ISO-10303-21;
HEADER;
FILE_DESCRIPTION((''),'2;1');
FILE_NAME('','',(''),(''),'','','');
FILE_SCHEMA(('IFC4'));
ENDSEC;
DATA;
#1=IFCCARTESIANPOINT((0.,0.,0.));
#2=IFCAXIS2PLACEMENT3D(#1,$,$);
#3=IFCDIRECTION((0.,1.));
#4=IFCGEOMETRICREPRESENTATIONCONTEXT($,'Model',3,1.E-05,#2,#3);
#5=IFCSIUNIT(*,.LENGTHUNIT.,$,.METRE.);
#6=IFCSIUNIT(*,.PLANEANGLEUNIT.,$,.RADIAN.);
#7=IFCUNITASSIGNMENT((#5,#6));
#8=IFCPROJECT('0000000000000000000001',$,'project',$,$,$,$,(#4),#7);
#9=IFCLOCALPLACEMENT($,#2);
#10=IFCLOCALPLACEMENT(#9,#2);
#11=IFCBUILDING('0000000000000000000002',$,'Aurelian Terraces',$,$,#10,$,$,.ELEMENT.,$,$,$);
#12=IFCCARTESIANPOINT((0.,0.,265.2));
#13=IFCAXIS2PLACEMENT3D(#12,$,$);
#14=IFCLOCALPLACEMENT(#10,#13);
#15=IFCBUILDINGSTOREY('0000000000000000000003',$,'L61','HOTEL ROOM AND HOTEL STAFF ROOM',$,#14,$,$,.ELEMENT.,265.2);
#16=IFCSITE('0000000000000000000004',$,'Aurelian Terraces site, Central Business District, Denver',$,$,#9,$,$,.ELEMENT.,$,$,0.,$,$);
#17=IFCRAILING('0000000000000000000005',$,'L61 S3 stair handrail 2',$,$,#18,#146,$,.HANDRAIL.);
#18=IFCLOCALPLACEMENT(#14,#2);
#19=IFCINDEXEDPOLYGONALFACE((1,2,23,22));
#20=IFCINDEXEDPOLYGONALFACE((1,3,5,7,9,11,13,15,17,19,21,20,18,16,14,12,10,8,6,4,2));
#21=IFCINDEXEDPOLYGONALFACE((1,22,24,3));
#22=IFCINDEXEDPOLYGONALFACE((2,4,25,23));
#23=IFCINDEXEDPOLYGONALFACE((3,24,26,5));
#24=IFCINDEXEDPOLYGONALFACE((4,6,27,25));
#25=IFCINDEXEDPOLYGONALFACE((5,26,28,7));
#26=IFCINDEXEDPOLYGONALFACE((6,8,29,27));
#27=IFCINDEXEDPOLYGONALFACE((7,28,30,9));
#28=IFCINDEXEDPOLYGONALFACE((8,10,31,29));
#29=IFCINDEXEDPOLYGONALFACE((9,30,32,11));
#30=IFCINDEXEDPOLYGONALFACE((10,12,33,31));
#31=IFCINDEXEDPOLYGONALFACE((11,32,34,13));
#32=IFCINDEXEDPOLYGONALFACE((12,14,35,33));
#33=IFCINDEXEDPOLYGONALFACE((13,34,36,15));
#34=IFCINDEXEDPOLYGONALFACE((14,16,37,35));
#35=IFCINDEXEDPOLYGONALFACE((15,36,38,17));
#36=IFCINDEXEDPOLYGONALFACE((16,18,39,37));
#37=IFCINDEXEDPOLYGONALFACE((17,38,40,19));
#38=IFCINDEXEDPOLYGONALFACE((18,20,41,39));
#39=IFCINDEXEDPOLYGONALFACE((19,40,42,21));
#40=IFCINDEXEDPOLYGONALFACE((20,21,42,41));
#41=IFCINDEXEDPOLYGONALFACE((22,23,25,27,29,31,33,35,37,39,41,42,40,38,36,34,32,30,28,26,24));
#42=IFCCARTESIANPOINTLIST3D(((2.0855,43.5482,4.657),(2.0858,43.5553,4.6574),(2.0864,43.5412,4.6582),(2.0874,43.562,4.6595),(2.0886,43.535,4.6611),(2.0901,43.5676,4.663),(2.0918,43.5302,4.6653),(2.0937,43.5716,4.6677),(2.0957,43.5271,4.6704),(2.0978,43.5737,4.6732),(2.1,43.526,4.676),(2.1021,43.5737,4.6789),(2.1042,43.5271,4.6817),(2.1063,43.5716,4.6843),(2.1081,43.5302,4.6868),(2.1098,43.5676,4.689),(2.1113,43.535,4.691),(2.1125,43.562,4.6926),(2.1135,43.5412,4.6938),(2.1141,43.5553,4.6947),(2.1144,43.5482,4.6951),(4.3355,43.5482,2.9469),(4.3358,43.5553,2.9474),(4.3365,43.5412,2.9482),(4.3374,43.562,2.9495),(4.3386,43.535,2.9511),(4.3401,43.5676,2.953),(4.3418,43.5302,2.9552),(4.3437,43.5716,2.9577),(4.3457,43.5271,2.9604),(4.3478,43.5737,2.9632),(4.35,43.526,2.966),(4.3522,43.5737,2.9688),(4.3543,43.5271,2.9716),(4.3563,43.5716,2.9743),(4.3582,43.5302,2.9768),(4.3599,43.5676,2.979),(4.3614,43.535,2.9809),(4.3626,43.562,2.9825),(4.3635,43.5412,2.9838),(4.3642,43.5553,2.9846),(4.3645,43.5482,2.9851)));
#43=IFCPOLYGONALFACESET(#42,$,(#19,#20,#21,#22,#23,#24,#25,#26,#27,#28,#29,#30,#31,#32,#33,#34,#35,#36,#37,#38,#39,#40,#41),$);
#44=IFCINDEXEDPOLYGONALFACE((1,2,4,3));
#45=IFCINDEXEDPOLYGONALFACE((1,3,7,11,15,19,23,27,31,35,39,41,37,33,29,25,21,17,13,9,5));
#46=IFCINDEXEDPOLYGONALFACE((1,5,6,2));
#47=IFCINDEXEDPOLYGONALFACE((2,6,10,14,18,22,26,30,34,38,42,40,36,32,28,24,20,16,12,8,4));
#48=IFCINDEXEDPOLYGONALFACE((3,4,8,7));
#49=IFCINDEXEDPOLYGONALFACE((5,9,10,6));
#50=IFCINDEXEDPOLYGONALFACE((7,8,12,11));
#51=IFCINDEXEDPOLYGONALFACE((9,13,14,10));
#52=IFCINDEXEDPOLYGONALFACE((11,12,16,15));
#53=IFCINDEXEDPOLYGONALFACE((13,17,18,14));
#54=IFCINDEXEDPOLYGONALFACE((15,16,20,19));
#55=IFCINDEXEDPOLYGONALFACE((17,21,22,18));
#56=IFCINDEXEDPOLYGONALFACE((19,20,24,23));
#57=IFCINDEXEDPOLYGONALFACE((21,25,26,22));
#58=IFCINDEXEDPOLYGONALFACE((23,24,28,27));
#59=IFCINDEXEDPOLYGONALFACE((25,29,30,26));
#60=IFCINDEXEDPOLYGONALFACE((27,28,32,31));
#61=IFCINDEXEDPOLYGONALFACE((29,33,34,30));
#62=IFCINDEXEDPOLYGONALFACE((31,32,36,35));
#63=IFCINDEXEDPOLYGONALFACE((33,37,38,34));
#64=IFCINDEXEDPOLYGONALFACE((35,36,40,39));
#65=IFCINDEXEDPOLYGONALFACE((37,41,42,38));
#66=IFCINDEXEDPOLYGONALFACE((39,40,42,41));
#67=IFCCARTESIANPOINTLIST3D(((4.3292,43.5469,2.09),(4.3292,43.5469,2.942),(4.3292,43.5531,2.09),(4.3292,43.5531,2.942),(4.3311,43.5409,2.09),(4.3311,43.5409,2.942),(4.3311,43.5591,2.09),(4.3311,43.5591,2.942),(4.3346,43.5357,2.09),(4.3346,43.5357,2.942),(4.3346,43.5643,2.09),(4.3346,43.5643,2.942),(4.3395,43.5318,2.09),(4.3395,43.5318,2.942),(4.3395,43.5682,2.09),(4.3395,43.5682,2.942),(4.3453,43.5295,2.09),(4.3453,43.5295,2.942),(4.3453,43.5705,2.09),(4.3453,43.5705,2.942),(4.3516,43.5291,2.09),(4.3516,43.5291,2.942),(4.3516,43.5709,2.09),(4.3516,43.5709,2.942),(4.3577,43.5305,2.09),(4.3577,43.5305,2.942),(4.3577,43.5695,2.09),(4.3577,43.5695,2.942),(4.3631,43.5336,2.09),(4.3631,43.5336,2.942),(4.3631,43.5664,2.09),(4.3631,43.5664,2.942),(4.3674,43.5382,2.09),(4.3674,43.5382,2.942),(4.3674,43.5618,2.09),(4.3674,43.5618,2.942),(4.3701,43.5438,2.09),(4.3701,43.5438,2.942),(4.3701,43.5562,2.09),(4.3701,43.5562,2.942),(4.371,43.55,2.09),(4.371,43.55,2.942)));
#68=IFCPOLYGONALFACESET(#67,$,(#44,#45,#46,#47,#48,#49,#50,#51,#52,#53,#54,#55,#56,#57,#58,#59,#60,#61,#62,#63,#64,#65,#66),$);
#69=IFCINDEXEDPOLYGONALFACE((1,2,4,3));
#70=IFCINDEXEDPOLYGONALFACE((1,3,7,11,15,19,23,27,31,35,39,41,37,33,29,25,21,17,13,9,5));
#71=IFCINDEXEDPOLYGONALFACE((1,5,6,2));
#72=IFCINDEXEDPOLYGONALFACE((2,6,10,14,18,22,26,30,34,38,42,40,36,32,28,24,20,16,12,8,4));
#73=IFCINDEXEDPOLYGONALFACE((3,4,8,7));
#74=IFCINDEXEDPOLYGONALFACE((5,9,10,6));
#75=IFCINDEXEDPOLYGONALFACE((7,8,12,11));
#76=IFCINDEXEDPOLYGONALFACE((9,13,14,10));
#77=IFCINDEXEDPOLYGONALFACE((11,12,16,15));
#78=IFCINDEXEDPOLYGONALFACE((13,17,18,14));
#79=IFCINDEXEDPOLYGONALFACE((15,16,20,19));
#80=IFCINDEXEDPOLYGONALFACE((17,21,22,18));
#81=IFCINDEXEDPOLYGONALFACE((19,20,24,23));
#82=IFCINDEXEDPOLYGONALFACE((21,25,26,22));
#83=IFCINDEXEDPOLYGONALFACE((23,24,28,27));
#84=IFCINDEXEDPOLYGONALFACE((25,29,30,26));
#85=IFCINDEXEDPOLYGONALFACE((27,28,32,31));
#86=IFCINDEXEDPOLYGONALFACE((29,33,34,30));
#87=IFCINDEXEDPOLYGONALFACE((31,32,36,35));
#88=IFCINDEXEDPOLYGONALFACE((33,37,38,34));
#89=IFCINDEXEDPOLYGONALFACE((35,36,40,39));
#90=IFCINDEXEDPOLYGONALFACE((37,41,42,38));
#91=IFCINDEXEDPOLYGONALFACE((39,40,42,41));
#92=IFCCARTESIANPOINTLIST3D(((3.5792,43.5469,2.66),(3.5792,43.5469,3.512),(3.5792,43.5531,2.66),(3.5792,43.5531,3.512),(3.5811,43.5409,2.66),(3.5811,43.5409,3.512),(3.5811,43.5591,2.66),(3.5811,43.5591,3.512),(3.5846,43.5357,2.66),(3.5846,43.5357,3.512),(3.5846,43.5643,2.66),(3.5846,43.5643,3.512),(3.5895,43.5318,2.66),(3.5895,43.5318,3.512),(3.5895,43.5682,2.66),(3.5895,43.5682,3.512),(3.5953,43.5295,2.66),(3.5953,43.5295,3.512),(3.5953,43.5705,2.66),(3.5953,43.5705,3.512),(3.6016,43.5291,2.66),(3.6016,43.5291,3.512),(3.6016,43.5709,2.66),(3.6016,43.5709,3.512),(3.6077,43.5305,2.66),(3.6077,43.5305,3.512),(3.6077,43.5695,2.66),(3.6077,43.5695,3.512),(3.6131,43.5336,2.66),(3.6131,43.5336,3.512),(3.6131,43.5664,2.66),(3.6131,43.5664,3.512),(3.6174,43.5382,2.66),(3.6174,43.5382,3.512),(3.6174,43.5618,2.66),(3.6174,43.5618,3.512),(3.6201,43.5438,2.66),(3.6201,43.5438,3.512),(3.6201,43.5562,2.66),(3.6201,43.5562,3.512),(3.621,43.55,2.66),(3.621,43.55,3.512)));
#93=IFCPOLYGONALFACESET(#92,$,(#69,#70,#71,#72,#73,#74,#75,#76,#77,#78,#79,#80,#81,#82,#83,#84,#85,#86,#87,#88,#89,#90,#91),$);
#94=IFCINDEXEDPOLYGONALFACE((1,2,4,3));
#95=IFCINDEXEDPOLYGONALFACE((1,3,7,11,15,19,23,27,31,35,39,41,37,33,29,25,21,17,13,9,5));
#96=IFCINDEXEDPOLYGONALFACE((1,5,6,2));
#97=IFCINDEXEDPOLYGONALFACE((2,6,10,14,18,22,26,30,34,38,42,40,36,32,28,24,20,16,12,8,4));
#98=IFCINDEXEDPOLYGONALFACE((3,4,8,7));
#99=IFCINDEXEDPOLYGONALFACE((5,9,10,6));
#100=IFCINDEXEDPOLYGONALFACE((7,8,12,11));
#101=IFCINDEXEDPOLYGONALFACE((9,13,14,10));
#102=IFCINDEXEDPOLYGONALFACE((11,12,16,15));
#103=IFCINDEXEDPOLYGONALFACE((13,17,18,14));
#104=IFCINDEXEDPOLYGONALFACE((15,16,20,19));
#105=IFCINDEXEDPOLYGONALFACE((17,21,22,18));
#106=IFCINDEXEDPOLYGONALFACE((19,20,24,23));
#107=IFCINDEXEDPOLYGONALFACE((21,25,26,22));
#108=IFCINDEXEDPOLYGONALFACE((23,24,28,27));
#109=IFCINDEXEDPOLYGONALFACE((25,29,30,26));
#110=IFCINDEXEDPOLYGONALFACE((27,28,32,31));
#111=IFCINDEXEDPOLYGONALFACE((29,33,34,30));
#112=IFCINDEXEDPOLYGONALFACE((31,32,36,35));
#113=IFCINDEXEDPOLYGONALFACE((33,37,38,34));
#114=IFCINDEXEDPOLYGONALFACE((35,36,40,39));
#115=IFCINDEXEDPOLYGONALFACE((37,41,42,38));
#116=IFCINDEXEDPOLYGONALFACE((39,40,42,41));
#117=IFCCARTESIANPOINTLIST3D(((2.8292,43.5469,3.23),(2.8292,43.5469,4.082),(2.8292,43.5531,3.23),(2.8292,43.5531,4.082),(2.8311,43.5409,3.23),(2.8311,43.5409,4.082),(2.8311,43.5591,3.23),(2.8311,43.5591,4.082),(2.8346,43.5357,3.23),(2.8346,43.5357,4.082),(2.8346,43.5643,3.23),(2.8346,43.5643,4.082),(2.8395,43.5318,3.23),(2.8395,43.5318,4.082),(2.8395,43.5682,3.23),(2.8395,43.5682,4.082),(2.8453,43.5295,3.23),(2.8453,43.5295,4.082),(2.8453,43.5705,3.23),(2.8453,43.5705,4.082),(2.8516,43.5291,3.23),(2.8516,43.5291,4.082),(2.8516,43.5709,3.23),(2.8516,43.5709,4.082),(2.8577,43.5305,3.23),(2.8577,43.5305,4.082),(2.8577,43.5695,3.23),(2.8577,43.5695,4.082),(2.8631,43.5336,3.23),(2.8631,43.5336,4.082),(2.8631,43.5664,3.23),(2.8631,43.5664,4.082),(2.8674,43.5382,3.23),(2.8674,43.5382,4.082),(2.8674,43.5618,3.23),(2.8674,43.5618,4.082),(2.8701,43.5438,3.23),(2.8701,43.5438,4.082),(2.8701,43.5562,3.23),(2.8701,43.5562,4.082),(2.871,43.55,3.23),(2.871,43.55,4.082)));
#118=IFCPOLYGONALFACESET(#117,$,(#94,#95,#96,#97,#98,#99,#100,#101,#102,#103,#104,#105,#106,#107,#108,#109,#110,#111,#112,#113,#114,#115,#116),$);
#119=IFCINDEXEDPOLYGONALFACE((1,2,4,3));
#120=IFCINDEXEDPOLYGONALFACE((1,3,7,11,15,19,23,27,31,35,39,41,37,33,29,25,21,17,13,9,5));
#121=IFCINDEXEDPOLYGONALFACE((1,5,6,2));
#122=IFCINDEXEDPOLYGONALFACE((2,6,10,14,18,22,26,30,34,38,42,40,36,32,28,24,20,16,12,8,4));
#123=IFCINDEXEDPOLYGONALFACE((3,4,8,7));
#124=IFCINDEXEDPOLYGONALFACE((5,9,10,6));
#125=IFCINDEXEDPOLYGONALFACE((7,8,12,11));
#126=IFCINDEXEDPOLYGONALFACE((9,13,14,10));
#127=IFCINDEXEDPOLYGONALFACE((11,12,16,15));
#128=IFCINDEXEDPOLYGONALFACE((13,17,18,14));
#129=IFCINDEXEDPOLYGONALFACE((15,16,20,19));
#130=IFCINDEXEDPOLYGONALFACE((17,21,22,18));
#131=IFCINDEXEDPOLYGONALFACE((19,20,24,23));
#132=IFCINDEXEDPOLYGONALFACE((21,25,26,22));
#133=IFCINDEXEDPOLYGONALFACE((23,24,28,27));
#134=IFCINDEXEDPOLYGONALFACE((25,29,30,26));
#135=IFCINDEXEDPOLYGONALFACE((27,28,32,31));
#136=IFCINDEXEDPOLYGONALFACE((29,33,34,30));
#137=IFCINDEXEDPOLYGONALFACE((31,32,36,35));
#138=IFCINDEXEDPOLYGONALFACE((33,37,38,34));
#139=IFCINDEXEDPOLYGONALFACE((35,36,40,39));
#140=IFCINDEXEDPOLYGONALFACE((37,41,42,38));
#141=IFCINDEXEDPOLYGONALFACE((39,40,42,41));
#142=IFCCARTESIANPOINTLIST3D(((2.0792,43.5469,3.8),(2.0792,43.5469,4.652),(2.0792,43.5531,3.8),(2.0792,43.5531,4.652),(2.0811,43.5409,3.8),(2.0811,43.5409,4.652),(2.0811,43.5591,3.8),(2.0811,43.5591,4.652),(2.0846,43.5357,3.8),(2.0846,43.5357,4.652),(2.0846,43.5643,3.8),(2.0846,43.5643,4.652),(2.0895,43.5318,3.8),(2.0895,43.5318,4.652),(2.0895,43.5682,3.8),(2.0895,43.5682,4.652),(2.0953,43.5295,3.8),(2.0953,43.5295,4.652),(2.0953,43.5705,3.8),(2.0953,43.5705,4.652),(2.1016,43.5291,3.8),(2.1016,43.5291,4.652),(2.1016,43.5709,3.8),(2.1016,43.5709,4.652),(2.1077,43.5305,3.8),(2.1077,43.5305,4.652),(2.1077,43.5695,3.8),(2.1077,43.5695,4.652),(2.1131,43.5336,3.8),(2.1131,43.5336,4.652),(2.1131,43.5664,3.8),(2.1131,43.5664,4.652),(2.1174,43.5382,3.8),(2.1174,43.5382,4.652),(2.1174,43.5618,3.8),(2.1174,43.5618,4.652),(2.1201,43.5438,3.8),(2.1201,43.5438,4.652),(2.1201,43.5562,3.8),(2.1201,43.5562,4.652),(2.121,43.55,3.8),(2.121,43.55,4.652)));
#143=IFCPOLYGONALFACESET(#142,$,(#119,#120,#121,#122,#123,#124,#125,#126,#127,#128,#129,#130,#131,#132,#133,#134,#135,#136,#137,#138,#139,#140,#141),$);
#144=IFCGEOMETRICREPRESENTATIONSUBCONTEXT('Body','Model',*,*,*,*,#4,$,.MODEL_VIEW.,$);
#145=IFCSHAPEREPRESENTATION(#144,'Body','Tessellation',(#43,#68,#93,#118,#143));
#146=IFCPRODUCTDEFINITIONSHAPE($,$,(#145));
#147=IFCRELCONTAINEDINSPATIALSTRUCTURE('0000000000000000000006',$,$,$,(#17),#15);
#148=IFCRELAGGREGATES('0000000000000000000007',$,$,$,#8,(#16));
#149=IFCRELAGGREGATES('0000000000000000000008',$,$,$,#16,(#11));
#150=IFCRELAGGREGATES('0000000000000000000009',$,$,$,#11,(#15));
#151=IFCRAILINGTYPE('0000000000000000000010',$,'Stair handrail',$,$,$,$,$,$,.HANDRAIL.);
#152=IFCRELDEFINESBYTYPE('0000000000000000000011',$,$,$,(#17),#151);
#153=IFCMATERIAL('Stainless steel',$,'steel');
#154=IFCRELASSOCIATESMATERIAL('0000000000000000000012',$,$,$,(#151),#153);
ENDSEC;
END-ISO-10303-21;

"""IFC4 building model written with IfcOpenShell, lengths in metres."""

from ifc_helpers import new_model, si_unit, direction, frame, origin, origin_2d, place, context, subcontext, project, spatial, circle, extrude, source, transform, mapped, material, type_object, element, save


model = new_model("IFC4")

# Units and contexts
model_context = context("Model", 3, precision=1e-05, world=origin(), true_north=direction((0.0, 1.0)))
body_context = subcontext(model_context, "Body", "Model", "MODEL_VIEW")
ifc_project = project(units=[si_unit("LENGTHUNIT", "METRE"), si_unit("PLANEANGLEUNIT", "RADIAN")], contexts=[model_context])

# Site, building, storey
site_placement = place(None, origin())
site = spatial("IfcSite", under=ifc_project, at=site_placement, Name="Aurelian Terraces site, Central Business District, Denver", CompositionType="ELEMENT", RefElevation=0.0)
building_placement = place(site_placement, origin())
building = spatial("IfcBuilding", under=site, at=building_placement, Name="Aurelian Terraces", CompositionType="ELEMENT")
storey_placement = place(building_placement, frame((0.0, 0.0, 265.2)))
storey = spatial("IfcBuildingStorey", under=building, at=storey_placement, Name="L61", Description="HOTEL ROOM AND HOTEL STAFF ROOM", CompositionType="ELEMENT", Elevation=265.2)

# Railing
ifc_material_1 = material(Name="Stainless steel", Category="steel")
railing_type_1 = type_object("IfcRailingType", Name="Stair handrail", PredefinedType="HANDRAIL", material=ifc_material_1)
shared_shape_1 = source(origin(), body_context, "Body", "SweptSolid", [
    extrude(circle(Radius=0.024, at=origin_2d()), frame((0.0, 0.0, 0.876), z_axis=(-0.796162, 0.0, 0.605083), x_axis=(0.0, -1.0, 0.0)), (0.0, 0.0, 1.0), 2.8261),
    extrude(circle(Radius=0.021, at=origin_2d()), origin(), (0.0, 0.0, 1.0), 0.852),
    extrude(circle(Radius=0.021, at=origin_2d()), frame((-0.75, 0.0, 0.57)), (0.0, 0.0, 1.0), 0.852),
    extrude(circle(Radius=0.021, at=origin_2d()), frame((-1.5, 0.0, 1.14)), (0.0, 0.0, 1.0), 0.852),
    extrude(circle(Radius=0.021, at=origin_2d()), frame((-2.25, 0.0, 1.71)), (0.0, 0.0, 1.0), 0.852),
])
railing_1_placement = place(storey_placement, frame((4.35, 43.55, 2.09)))
element("IfcRailing", 1, at=railing_1_placement, inside=storey, type_object=railing_type_1, Name="L61 S3 stair handrail 2", PredefinedType="HANDRAIL", context=body_context, shape_type="MappedRepresentation", body=[
    mapped(shared_shape_1, transform((0.0, 0.0, 0.0), scale=1.0)),
])

save(model, "model.ifc")
